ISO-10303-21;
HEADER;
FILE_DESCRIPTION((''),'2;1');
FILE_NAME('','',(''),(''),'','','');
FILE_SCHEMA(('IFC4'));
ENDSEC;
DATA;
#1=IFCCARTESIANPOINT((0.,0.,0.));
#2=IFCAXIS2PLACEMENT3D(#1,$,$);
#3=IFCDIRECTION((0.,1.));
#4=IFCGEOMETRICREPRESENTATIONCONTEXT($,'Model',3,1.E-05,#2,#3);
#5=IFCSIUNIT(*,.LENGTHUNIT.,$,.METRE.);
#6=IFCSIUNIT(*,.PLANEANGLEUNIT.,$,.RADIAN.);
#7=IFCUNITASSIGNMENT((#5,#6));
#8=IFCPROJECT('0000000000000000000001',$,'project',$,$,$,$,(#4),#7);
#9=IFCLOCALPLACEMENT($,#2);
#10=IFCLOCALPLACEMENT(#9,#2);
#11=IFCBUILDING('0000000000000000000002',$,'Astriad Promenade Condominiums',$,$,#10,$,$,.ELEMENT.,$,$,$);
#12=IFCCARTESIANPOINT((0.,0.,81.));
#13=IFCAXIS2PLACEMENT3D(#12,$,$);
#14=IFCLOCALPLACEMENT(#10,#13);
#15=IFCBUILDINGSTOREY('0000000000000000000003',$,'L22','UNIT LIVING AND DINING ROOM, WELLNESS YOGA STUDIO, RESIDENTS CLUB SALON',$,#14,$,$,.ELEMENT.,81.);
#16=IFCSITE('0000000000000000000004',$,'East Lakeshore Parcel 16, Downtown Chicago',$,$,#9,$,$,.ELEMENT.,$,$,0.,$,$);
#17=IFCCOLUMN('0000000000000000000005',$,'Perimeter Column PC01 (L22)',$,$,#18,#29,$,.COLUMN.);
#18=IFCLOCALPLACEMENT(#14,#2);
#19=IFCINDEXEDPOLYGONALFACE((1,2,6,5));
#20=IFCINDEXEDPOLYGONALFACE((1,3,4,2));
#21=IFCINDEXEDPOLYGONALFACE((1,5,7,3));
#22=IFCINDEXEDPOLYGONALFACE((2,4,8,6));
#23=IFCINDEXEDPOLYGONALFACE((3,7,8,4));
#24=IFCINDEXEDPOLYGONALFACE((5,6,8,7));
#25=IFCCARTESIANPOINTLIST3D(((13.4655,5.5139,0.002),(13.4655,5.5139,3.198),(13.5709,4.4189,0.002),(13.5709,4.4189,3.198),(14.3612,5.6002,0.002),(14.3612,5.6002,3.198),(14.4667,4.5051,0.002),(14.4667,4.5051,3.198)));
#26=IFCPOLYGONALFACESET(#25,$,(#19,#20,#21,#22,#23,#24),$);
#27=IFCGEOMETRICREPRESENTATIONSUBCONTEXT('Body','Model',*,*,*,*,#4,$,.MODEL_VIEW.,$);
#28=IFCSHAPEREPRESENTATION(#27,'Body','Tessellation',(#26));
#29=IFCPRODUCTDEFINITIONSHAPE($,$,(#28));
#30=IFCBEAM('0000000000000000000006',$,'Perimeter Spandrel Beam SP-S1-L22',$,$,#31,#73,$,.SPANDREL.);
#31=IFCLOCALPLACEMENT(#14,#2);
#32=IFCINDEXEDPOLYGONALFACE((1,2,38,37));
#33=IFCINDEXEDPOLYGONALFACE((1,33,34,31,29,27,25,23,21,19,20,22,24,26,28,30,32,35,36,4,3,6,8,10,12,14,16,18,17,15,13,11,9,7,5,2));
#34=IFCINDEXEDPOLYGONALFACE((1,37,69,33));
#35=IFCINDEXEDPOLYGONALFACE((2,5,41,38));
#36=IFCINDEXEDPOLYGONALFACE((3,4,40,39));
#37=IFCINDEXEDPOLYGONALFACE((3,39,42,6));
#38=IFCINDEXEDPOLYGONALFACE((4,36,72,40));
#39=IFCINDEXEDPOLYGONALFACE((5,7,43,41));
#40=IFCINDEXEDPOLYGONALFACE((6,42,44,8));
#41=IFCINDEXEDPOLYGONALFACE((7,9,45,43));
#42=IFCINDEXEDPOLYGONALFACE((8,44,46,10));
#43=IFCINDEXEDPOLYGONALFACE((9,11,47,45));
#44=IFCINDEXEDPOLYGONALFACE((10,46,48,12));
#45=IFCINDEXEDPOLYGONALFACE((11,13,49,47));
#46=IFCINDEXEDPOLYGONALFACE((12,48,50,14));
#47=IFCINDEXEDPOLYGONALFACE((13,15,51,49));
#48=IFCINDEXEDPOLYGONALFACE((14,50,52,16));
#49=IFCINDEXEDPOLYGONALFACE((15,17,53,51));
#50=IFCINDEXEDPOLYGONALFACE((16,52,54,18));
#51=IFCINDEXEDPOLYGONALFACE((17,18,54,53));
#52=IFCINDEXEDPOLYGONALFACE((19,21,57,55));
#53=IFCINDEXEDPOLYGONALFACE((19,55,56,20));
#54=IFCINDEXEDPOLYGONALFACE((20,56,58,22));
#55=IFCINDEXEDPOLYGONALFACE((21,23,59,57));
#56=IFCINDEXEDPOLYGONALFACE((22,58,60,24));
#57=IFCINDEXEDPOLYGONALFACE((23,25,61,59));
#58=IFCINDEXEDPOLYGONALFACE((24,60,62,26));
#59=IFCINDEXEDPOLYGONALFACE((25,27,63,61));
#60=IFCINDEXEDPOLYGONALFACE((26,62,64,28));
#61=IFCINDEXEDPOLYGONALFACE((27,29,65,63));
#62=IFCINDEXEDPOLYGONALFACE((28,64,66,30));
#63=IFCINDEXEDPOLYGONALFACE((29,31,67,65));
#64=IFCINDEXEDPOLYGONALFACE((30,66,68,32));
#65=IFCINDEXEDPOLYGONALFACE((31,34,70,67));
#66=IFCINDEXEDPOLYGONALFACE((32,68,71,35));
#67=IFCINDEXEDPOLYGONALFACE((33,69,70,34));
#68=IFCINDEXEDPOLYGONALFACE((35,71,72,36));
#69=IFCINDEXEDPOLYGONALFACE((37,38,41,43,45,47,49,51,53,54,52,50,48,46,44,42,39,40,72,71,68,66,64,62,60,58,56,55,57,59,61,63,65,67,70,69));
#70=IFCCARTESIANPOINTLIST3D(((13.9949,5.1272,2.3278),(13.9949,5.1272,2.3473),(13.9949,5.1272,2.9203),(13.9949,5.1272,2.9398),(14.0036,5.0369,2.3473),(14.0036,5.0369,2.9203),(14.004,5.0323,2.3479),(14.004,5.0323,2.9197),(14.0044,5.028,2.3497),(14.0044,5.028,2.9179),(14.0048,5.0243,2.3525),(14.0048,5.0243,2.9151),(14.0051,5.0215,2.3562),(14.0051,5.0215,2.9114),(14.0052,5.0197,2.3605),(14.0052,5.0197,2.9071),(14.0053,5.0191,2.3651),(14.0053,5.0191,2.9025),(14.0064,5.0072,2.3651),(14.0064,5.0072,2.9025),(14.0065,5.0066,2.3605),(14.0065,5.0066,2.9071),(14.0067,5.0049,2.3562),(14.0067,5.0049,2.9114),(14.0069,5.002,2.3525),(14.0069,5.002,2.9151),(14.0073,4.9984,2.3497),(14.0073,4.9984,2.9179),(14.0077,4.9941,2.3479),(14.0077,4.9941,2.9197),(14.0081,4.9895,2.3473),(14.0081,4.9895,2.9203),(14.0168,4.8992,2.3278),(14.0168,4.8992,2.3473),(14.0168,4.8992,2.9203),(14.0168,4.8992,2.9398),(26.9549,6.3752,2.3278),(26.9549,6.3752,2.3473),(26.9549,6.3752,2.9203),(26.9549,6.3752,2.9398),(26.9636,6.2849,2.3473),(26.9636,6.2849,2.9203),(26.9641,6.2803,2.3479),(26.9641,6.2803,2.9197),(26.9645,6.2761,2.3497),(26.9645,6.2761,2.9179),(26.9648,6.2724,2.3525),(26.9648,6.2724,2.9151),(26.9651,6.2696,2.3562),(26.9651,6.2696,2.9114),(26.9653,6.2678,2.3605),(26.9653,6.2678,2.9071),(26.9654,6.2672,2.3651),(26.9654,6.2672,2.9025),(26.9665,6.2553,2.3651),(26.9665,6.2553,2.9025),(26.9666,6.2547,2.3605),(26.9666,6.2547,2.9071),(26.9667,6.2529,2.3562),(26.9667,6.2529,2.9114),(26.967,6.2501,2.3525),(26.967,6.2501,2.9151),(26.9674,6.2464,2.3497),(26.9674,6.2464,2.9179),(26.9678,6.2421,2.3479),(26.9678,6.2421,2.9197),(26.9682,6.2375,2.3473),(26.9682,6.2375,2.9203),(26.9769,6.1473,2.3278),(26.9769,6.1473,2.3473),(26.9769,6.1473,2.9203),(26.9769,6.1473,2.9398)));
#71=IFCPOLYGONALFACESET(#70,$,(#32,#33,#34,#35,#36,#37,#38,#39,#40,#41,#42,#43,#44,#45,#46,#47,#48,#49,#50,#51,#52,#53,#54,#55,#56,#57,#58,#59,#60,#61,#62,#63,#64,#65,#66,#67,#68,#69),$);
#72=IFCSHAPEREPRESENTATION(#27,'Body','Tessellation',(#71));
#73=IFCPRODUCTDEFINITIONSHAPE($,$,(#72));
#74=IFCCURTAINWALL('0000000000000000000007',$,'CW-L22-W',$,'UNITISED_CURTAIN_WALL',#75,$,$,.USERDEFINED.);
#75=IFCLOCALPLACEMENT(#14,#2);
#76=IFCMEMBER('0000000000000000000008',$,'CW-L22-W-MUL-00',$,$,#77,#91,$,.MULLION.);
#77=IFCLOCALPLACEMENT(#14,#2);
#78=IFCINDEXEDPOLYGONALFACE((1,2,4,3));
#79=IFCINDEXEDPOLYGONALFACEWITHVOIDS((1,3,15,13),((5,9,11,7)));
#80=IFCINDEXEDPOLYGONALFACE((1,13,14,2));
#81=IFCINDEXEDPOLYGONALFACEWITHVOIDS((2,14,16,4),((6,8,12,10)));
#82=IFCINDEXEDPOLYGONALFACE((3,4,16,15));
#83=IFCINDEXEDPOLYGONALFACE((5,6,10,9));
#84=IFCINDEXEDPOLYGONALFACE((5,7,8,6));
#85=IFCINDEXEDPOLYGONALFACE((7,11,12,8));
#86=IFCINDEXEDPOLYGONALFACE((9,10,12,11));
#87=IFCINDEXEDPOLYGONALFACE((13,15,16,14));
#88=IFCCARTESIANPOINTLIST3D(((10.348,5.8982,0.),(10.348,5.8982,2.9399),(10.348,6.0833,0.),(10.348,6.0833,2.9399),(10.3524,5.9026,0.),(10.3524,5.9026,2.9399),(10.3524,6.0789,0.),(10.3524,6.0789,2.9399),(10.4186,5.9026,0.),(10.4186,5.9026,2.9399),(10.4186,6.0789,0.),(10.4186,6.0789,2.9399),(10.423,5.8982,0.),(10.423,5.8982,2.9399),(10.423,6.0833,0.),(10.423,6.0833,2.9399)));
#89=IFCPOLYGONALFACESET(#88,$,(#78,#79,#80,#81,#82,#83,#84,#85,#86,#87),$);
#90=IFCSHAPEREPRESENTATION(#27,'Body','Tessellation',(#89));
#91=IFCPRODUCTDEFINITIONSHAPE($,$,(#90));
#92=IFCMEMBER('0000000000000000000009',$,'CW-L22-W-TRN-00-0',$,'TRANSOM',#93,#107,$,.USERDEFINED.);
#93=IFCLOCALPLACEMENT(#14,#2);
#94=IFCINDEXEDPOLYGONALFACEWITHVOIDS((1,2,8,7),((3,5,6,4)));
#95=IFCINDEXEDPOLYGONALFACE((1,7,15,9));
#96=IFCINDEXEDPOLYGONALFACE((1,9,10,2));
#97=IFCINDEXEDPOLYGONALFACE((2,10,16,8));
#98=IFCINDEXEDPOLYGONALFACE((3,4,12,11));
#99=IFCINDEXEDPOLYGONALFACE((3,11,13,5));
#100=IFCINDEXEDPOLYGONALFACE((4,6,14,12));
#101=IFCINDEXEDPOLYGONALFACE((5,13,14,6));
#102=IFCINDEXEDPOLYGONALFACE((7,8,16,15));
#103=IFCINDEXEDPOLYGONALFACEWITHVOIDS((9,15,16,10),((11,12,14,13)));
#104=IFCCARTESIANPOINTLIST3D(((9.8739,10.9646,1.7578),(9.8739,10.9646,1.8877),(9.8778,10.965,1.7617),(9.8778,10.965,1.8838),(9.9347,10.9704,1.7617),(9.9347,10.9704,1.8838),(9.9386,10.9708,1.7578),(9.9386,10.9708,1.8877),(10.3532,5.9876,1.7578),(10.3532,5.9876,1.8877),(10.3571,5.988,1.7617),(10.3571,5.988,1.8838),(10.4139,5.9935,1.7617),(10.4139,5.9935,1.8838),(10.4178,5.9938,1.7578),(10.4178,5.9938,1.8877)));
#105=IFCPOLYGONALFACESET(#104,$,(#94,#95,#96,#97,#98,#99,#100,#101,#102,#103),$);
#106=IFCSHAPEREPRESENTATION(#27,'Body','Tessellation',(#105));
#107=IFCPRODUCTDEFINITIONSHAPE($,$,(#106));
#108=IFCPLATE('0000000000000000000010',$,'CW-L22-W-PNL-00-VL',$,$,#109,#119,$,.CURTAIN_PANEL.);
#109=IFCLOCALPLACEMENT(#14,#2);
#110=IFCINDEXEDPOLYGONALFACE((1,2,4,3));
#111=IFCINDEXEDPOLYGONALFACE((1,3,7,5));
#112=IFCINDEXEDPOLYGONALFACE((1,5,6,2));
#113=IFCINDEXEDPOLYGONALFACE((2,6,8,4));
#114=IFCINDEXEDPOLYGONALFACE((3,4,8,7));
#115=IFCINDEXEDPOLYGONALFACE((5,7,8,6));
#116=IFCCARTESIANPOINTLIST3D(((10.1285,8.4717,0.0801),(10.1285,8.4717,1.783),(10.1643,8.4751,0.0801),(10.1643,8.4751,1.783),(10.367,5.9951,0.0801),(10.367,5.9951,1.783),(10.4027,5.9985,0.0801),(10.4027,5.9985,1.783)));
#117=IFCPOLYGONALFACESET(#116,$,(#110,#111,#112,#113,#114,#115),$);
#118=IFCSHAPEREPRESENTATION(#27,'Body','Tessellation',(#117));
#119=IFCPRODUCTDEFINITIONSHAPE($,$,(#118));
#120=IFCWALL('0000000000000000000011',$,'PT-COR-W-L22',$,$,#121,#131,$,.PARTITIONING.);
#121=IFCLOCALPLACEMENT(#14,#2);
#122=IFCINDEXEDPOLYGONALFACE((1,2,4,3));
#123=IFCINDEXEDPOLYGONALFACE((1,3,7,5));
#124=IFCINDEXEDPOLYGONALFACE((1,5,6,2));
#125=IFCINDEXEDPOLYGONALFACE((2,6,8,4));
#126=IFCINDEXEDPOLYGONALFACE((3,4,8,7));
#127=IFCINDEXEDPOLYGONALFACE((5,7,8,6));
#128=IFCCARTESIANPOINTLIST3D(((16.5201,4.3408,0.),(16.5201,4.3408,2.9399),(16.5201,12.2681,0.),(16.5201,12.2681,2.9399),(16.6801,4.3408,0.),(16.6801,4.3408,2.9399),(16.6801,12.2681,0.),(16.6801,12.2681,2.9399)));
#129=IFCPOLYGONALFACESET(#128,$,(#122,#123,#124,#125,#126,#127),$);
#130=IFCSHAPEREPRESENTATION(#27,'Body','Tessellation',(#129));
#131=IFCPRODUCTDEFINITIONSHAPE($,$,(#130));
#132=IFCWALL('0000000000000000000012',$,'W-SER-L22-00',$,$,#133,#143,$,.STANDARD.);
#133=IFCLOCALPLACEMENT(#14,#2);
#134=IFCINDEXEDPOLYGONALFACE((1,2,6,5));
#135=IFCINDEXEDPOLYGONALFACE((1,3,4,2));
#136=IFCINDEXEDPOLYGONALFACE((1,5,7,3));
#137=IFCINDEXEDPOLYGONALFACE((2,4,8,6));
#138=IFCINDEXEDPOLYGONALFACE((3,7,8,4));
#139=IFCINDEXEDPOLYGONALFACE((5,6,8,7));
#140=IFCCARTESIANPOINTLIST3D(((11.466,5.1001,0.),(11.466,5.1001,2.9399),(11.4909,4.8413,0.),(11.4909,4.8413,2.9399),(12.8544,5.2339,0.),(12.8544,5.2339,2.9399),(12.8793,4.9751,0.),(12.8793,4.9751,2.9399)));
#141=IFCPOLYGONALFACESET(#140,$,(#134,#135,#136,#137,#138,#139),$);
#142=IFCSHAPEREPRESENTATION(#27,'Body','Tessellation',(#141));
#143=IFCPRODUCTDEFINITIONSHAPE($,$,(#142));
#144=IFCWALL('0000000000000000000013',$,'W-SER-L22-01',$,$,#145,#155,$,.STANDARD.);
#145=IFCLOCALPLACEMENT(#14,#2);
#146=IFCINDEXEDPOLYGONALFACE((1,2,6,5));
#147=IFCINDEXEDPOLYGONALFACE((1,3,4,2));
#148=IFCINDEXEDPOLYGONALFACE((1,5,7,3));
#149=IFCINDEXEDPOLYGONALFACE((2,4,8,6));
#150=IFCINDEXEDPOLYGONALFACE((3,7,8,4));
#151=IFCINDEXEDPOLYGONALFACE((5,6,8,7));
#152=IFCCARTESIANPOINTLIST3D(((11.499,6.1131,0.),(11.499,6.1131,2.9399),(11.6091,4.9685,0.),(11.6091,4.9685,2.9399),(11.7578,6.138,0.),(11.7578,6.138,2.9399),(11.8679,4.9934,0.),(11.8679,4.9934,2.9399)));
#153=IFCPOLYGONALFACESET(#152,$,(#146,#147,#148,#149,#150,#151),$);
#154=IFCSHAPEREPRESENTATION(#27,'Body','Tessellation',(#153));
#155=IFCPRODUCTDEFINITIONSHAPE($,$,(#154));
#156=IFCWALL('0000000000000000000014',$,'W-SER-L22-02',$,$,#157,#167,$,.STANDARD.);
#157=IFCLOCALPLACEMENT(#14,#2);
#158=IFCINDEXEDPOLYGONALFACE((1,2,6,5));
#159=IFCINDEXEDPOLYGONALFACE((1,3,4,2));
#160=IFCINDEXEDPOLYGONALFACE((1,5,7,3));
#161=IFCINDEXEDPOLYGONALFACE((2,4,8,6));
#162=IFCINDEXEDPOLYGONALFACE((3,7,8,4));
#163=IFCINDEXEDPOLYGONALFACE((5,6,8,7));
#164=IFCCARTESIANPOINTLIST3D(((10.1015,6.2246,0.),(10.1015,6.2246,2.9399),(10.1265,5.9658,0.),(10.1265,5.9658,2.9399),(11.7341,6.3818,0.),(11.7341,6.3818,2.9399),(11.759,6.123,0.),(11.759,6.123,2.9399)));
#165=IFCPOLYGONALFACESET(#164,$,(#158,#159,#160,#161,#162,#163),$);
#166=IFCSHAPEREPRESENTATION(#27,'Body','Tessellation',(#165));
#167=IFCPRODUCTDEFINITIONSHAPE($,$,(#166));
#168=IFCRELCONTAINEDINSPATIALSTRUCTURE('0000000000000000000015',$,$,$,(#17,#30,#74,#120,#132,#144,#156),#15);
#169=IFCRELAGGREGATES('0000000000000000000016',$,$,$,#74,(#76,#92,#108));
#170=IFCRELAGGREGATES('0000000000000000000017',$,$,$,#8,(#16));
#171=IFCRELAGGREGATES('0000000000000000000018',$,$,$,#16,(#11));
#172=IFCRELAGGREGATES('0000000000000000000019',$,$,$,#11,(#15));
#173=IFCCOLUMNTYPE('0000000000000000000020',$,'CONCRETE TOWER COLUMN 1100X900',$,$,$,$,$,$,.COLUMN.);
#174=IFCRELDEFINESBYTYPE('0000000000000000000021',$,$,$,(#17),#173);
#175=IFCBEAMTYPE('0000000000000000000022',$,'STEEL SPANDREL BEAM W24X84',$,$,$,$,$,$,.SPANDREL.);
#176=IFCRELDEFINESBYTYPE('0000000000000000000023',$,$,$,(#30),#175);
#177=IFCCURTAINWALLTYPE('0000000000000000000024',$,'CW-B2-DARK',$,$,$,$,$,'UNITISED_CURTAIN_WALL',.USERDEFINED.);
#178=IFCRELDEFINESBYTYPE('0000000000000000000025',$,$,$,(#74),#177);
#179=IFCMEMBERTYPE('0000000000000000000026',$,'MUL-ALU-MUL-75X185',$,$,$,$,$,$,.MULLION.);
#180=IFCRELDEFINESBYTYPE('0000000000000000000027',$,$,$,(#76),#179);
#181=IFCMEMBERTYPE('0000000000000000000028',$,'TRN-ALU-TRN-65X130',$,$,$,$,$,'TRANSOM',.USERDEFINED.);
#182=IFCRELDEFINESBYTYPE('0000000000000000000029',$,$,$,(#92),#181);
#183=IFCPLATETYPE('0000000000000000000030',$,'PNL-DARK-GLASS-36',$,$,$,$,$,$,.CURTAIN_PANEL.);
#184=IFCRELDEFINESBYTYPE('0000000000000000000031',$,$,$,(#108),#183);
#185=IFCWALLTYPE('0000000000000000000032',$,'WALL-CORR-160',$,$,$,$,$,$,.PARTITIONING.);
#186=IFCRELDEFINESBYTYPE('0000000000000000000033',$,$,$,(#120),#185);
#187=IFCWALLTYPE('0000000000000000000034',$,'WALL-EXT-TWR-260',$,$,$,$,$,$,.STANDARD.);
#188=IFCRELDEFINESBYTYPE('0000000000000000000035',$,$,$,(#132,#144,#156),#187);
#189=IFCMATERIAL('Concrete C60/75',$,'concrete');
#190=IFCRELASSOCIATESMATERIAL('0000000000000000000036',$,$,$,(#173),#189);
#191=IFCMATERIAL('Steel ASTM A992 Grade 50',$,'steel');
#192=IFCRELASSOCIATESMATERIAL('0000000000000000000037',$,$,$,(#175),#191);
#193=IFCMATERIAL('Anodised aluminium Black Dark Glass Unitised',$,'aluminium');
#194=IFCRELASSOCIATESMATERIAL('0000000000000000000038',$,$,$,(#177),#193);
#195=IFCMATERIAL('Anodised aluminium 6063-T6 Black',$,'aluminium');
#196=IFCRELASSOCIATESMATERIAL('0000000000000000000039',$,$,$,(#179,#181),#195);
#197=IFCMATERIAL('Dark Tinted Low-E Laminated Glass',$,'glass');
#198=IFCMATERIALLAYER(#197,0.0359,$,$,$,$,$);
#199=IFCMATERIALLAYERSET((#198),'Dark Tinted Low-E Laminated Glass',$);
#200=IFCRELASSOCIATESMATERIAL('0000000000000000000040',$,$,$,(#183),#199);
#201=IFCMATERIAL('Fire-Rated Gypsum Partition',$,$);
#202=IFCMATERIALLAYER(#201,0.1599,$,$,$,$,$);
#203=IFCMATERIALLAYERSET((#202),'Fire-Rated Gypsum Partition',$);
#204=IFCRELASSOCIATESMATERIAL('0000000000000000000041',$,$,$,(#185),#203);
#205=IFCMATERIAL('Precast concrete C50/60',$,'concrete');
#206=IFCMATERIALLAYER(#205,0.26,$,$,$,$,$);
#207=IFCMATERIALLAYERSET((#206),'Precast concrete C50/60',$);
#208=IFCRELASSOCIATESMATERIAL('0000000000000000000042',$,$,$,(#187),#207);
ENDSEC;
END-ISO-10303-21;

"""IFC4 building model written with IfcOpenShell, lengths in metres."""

from ifc_helpers import new_model, si_unit, direction, frame, frame_2d, origin, origin_2d, place, context, subcontext, project, spatial, rectangle, hollow_rectangle, i_section, extrude, source, transform, mapped, material, layer, layer_set, material_profile, profile_set, type_object, type_shapes, element, aggregate, save


model = new_model("IFC4")

# Units and contexts
model_context = context("Model", 3, precision=1e-05, world=origin(), true_north=direction((0.0, 1.0)))
body_context = subcontext(model_context, "Body", "Model", "MODEL_VIEW")
ifc_project = project(units=[si_unit("LENGTHUNIT", "METRE"), si_unit("PLANEANGLEUNIT", "RADIAN")], contexts=[model_context])

# Site, building, storey
site_placement = place(None, origin())
site = spatial("IfcSite", under=ifc_project, at=site_placement, Name="East Lakeshore Parcel 16, Downtown Chicago", CompositionType="ELEMENT", RefElevation=0.0)
building_placement = place(site_placement, origin())
building = spatial("IfcBuilding", under=site, at=building_placement, Name="Astriad Promenade Condominiums", CompositionType="ELEMENT")
storey_placement = place(building_placement, frame((0.0, 0.0, 81.0)))
storey = spatial("IfcBuildingStorey", under=building, at=storey_placement, Name="L22", Description="UNIT LIVING AND DINING ROOM, WELLNESS YOGA STUDIO, RESIDENTS CLUB SALON", CompositionType="ELEMENT", Elevation=81.0)

# Column
ifc_material_1 = material(Name="Concrete C60/75", Category="concrete")
ifc_material_profile_1 = material_profile(ifc_material_1, rectangle(XDim=0.8999, YDim=1.1001, at=origin_2d()), Name="RC-COL-1100X900")
ifc_profile_set_1 = profile_set([ifc_material_profile_1], Name="Concrete C60/75")
column_type = type_object("IfcColumnType", Name="CONCRETE TOWER COLUMN 1100X900", PredefinedType="COLUMN", material=ifc_profile_set_1)
shared_shape_1 = source(origin(), body_context, "Body", "SweptSolid", [
    extrude(rectangle(XDim=0.8999, YDim=1.1001, at=origin_2d()), origin(), (0.0, 0.0, 1.0), 3.196),
])
type_shapes(column_type, [shared_shape_1])
column_placement = place(storey_placement, frame((13.9661, 5.0095, 0.002), z_axis=(0.0, 0.0, 1.0), x_axis=(0.995396, 0.095846, 0.0)))
element("IfcColumn", 1, at=column_placement, inside=storey, type_object=column_type, Name="Perimeter Column PC01 (L22)", PredefinedType="COLUMN", context=body_context, shape_type="MappedRepresentation", body=[
    mapped(shared_shape_1, transform((0.0, 0.0, 0.0), scale=1.0)),
])

# Beam
ifc_material_2 = material(Name="Steel ASTM A992 Grade 50", Category="steel")
ifc_material_profile_2 = material_profile(ifc_material_2, i_section(OverallWidth=0.229, OverallDepth=0.6121, WebThickness=0.012, FlangeThickness=0.0195, FilletRadius=0.0178, at=origin_2d()), Name="W24X84")
ifc_profile_set_2 = profile_set([ifc_material_profile_2], Name="Steel ASTM A992 Grade 50")
beam_type = type_object("IfcBeamType", Name="STEEL SPANDREL BEAM W24X84", PredefinedType="SPANDREL", material=ifc_profile_set_2)
shared_shape_2 = source(origin(), body_context, "Body", "SweptSolid", [
    extrude(i_section(OverallWidth=0.229, OverallDepth=0.6121, WebThickness=0.012, FlangeThickness=0.0195, FilletRadius=0.0178, at=origin_2d()), origin(), (0.0, 0.0, 1.0), 13.02),
])
type_shapes(beam_type, [shared_shape_2])
beam_placement = place(storey_placement, frame((14.0059, 5.0132, 2.6338), z_axis=(0.995395, 0.095857, 0.0), x_axis=(-0.095857, 0.995395, 0.0)))
element("IfcBeam", 2, at=beam_placement, inside=storey, type_object=beam_type, Name="Perimeter Spandrel Beam SP-S1-L22", PredefinedType="SPANDREL", context=body_context, shape_type="MappedRepresentation", body=[
    mapped(shared_shape_2, transform((0.0, 0.0, 0.0), scale=1.0)),
])

# Curtain wall, members, plate
ifc_material_3 = material(Name="Anodised aluminium Black Dark Glass Unitised", Category="aluminium")
curtain_wall_type = type_object("IfcCurtainWallType", Name="CW-B2-DARK", ElementType="UNITISED_CURTAIN_WALL", PredefinedType="USERDEFINED", material=ifc_material_3)
curtain_wall_placement = place(storey_placement, origin())
curtain_wall = element("IfcCurtainWall", 3, at=curtain_wall_placement, inside=storey, type_object=curtain_wall_type, Name="CW-L22-W", ObjectType="UNITISED_CURTAIN_WALL", PredefinedType="USERDEFINED")
ifc_material_4 = material(Name="Anodised aluminium 6063-T6 Black", Category="aluminium")
ifc_material_profile_3 = material_profile(ifc_material_4, hollow_rectangle(XDim=0.075, YDim=0.1851, WallThickness=0.0044, at=origin_2d()), Name="ALU-MUL-75X185")
ifc_profile_set_3 = profile_set([ifc_material_profile_3], Name="Anodised aluminium 6063-T6 Black")
member_type_1 = type_object("IfcMemberType", Name="MUL-ALU-MUL-75X185", PredefinedType="MULLION", material=ifc_profile_set_3)
shared_shape_3 = source(origin(), body_context, "Body", "SweptSolid", [
    extrude(hollow_rectangle(XDim=0.075, YDim=0.1851, WallThickness=0.0044, at=origin_2d()), origin(), (0.0, 0.0, 1.0), 2.9399),
])
type_shapes(member_type_1, [shared_shape_3])
member_1_placement = place(storey_placement, frame((10.3855, 5.9907, 0.0), z_axis=(0.0, 0.0, 1.0), x_axis=(1.0, 0.0, 0.0)))
member_1 = element("IfcMember", 4, at=member_1_placement, type_object=member_type_1, Name="CW-L22-W-MUL-00", PredefinedType="MULLION", context=body_context, shape_type="MappedRepresentation", body=[
    mapped(shared_shape_3, transform((0.0, 0.0, 0.0), scale=1.0)),
])
ifc_material_profile_4 = material_profile(ifc_material_4, hollow_rectangle(XDim=0.0649, YDim=0.1299, WallThickness=0.0039, at=origin_2d()), Name="ALU-TRN-65X130")
ifc_profile_set_4 = profile_set([ifc_material_profile_4], Name="Anodised aluminium 6063-T6 Black")
member_type_2 = type_object("IfcMemberType", Name="TRN-ALU-TRN-65X130", ElementType="TRANSOM", PredefinedType="USERDEFINED", material=ifc_profile_set_4)
shared_shape_4 = source(origin(), body_context, "Body", "SweptSolid", [
    extrude(hollow_rectangle(XDim=0.0649, YDim=0.1299, WallThickness=0.0039, at=origin_2d()), origin(), (0.0, 0.0, 1.0), 5.0),
])
type_shapes(member_type_2, [shared_shape_4])
member_2_placement = place(storey_placement, frame((10.3855, 5.9907, 1.8228), z_axis=(-0.095848, 0.995396, 0.0), x_axis=(-0.995396, -0.095848, 0.0)))
member_2 = element("IfcMember", 5, at=member_2_placement, type_object=member_type_2, Name="CW-L22-W-TRN-00-0", ObjectType="TRANSOM", PredefinedType="USERDEFINED", context=body_context, shape_type="MappedRepresentation", body=[
    mapped(shared_shape_4, transform((0.0, 0.0, 0.0), scale=1.0)),
])
ifc_material_5 = material(Name="Dark Tinted Low-E Laminated Glass", Category="glass")
ifc_layer_1 = layer(ifc_material_5, 0.0359)
ifc_layer_set_1 = layer_set([ifc_layer_1], Name="Dark Tinted Low-E Laminated Glass")
plate_type = type_object("IfcPlateType", Name="PNL-DARK-GLASS-36", PredefinedType="CURTAIN_PANEL", material=ifc_layer_set_1)
shared_shape_5 = source(origin(), body_context, "Body", "SweptSolid", [
    extrude(rectangle(XDim=2.488, YDim=0.0359, at=origin_2d()), origin(), (0.0, 0.0, 1.0), 1.7029),
])
type_shapes(plate_type, [shared_shape_5])
plate_placement = place(storey_placement, frame((10.2656, 7.2351, 0.0801), z_axis=(0.0, 0.0, 1.0), x_axis=(-0.095846, 0.995396, 0.0)))
plate = element("IfcPlate", 6, at=plate_placement, type_object=plate_type, Name="CW-L22-W-PNL-00-VL", PredefinedType="CURTAIN_PANEL", context=body_context, shape_type="MappedRepresentation", body=[
    mapped(shared_shape_5, transform((0.0, 0.0, 0.0), scale=1.0)),
])
aggregate(curtain_wall, [member_1, member_2, plate])

# Walls
ifc_material_6 = material(Name="Fire-Rated Gypsum Partition")
ifc_layer_2 = layer(ifc_material_6, 0.1599)
ifc_layer_set_2 = layer_set([ifc_layer_2], Name="Fire-Rated Gypsum Partition")
wall_type_1 = type_object("IfcWallType", Name="WALL-CORR-160", PredefinedType="PARTITIONING", material=ifc_layer_set_2)
wall_1_placement = place(storey_placement, frame((16.6001, 4.3408, 0.0), z_axis=(0.0, 0.0, 1.0), x_axis=(0.0, 1.0, 0.0)))
element("IfcWall", 7, at=wall_1_placement, inside=storey, type_object=wall_type_1, Name="PT-COR-W-L22", PredefinedType="PARTITIONING", context=body_context, shape_type="SweptSolid", body=[
    extrude(rectangle(XDim=7.9272, YDim=0.1599, at=frame_2d((3.9636, 0.0))), origin(), (0.0, 0.0, 1.0), 2.9399),
])
ifc_material_7 = material(Name="Precast concrete C50/60", Category="concrete")
ifc_layer_3 = layer(ifc_material_7, 0.26)
ifc_layer_set_3 = layer_set([ifc_layer_3], Name="Precast concrete C50/60")
wall_type_2 = type_object("IfcWallType", Name="WALL-EXT-TWR-260", PredefinedType="STANDARD", material=ifc_layer_set_3)
wall_2_placement = place(storey_placement, frame((12.8667, 5.1045, 0.0), z_axis=(0.0, 0.0, 1.0), x_axis=(-0.995389, -0.095916, 0.0)))
element("IfcWall", 8, at=wall_2_placement, inside=storey, type_object=wall_type_2, Name="W-SER-L22-00", PredefinedType="STANDARD", context=body_context, shape_type="SweptSolid", body=[
    extrude(rectangle(XDim=1.3948, YDim=0.26, at=frame_2d((0.6973, 0.0))), origin(), (0.0, 0.0, 1.0), 2.9399),
])
wall_3_placement = place(storey_placement, frame((11.7385, 4.981, 0.0), z_axis=(0.0, 0.0, 1.0), x_axis=(-0.095761, 0.995404, 0.0)))
element("IfcWall", 9, at=wall_3_placement, inside=storey, type_object=wall_type_2, Name="W-SER-L22-01", PredefinedType="STANDARD", context=body_context, shape_type="SweptSolid", body=[
    extrude(rectangle(XDim=1.1499, YDim=0.26, at=frame_2d((0.575, 0.0))), origin(), (0.0, 0.0, 1.0), 2.9399),
])
wall_4_placement = place(storey_placement, frame((11.7466, 6.2524, 0.0), z_axis=(0.0, 0.0, 1.0), x_axis=(-0.995395, -0.095863, 0.0)))
element("IfcWall", 10, at=wall_4_placement, inside=storey, type_object=wall_type_2, Name="W-SER-L22-02", PredefinedType="STANDARD", context=body_context, shape_type="SweptSolid", body=[
    extrude(rectangle(XDim=1.6401, YDim=0.26, at=frame_2d((0.8201, 0.0))), origin(), (0.0, 0.0, 1.0), 2.9399),
])

save(model, "model.ifc")
